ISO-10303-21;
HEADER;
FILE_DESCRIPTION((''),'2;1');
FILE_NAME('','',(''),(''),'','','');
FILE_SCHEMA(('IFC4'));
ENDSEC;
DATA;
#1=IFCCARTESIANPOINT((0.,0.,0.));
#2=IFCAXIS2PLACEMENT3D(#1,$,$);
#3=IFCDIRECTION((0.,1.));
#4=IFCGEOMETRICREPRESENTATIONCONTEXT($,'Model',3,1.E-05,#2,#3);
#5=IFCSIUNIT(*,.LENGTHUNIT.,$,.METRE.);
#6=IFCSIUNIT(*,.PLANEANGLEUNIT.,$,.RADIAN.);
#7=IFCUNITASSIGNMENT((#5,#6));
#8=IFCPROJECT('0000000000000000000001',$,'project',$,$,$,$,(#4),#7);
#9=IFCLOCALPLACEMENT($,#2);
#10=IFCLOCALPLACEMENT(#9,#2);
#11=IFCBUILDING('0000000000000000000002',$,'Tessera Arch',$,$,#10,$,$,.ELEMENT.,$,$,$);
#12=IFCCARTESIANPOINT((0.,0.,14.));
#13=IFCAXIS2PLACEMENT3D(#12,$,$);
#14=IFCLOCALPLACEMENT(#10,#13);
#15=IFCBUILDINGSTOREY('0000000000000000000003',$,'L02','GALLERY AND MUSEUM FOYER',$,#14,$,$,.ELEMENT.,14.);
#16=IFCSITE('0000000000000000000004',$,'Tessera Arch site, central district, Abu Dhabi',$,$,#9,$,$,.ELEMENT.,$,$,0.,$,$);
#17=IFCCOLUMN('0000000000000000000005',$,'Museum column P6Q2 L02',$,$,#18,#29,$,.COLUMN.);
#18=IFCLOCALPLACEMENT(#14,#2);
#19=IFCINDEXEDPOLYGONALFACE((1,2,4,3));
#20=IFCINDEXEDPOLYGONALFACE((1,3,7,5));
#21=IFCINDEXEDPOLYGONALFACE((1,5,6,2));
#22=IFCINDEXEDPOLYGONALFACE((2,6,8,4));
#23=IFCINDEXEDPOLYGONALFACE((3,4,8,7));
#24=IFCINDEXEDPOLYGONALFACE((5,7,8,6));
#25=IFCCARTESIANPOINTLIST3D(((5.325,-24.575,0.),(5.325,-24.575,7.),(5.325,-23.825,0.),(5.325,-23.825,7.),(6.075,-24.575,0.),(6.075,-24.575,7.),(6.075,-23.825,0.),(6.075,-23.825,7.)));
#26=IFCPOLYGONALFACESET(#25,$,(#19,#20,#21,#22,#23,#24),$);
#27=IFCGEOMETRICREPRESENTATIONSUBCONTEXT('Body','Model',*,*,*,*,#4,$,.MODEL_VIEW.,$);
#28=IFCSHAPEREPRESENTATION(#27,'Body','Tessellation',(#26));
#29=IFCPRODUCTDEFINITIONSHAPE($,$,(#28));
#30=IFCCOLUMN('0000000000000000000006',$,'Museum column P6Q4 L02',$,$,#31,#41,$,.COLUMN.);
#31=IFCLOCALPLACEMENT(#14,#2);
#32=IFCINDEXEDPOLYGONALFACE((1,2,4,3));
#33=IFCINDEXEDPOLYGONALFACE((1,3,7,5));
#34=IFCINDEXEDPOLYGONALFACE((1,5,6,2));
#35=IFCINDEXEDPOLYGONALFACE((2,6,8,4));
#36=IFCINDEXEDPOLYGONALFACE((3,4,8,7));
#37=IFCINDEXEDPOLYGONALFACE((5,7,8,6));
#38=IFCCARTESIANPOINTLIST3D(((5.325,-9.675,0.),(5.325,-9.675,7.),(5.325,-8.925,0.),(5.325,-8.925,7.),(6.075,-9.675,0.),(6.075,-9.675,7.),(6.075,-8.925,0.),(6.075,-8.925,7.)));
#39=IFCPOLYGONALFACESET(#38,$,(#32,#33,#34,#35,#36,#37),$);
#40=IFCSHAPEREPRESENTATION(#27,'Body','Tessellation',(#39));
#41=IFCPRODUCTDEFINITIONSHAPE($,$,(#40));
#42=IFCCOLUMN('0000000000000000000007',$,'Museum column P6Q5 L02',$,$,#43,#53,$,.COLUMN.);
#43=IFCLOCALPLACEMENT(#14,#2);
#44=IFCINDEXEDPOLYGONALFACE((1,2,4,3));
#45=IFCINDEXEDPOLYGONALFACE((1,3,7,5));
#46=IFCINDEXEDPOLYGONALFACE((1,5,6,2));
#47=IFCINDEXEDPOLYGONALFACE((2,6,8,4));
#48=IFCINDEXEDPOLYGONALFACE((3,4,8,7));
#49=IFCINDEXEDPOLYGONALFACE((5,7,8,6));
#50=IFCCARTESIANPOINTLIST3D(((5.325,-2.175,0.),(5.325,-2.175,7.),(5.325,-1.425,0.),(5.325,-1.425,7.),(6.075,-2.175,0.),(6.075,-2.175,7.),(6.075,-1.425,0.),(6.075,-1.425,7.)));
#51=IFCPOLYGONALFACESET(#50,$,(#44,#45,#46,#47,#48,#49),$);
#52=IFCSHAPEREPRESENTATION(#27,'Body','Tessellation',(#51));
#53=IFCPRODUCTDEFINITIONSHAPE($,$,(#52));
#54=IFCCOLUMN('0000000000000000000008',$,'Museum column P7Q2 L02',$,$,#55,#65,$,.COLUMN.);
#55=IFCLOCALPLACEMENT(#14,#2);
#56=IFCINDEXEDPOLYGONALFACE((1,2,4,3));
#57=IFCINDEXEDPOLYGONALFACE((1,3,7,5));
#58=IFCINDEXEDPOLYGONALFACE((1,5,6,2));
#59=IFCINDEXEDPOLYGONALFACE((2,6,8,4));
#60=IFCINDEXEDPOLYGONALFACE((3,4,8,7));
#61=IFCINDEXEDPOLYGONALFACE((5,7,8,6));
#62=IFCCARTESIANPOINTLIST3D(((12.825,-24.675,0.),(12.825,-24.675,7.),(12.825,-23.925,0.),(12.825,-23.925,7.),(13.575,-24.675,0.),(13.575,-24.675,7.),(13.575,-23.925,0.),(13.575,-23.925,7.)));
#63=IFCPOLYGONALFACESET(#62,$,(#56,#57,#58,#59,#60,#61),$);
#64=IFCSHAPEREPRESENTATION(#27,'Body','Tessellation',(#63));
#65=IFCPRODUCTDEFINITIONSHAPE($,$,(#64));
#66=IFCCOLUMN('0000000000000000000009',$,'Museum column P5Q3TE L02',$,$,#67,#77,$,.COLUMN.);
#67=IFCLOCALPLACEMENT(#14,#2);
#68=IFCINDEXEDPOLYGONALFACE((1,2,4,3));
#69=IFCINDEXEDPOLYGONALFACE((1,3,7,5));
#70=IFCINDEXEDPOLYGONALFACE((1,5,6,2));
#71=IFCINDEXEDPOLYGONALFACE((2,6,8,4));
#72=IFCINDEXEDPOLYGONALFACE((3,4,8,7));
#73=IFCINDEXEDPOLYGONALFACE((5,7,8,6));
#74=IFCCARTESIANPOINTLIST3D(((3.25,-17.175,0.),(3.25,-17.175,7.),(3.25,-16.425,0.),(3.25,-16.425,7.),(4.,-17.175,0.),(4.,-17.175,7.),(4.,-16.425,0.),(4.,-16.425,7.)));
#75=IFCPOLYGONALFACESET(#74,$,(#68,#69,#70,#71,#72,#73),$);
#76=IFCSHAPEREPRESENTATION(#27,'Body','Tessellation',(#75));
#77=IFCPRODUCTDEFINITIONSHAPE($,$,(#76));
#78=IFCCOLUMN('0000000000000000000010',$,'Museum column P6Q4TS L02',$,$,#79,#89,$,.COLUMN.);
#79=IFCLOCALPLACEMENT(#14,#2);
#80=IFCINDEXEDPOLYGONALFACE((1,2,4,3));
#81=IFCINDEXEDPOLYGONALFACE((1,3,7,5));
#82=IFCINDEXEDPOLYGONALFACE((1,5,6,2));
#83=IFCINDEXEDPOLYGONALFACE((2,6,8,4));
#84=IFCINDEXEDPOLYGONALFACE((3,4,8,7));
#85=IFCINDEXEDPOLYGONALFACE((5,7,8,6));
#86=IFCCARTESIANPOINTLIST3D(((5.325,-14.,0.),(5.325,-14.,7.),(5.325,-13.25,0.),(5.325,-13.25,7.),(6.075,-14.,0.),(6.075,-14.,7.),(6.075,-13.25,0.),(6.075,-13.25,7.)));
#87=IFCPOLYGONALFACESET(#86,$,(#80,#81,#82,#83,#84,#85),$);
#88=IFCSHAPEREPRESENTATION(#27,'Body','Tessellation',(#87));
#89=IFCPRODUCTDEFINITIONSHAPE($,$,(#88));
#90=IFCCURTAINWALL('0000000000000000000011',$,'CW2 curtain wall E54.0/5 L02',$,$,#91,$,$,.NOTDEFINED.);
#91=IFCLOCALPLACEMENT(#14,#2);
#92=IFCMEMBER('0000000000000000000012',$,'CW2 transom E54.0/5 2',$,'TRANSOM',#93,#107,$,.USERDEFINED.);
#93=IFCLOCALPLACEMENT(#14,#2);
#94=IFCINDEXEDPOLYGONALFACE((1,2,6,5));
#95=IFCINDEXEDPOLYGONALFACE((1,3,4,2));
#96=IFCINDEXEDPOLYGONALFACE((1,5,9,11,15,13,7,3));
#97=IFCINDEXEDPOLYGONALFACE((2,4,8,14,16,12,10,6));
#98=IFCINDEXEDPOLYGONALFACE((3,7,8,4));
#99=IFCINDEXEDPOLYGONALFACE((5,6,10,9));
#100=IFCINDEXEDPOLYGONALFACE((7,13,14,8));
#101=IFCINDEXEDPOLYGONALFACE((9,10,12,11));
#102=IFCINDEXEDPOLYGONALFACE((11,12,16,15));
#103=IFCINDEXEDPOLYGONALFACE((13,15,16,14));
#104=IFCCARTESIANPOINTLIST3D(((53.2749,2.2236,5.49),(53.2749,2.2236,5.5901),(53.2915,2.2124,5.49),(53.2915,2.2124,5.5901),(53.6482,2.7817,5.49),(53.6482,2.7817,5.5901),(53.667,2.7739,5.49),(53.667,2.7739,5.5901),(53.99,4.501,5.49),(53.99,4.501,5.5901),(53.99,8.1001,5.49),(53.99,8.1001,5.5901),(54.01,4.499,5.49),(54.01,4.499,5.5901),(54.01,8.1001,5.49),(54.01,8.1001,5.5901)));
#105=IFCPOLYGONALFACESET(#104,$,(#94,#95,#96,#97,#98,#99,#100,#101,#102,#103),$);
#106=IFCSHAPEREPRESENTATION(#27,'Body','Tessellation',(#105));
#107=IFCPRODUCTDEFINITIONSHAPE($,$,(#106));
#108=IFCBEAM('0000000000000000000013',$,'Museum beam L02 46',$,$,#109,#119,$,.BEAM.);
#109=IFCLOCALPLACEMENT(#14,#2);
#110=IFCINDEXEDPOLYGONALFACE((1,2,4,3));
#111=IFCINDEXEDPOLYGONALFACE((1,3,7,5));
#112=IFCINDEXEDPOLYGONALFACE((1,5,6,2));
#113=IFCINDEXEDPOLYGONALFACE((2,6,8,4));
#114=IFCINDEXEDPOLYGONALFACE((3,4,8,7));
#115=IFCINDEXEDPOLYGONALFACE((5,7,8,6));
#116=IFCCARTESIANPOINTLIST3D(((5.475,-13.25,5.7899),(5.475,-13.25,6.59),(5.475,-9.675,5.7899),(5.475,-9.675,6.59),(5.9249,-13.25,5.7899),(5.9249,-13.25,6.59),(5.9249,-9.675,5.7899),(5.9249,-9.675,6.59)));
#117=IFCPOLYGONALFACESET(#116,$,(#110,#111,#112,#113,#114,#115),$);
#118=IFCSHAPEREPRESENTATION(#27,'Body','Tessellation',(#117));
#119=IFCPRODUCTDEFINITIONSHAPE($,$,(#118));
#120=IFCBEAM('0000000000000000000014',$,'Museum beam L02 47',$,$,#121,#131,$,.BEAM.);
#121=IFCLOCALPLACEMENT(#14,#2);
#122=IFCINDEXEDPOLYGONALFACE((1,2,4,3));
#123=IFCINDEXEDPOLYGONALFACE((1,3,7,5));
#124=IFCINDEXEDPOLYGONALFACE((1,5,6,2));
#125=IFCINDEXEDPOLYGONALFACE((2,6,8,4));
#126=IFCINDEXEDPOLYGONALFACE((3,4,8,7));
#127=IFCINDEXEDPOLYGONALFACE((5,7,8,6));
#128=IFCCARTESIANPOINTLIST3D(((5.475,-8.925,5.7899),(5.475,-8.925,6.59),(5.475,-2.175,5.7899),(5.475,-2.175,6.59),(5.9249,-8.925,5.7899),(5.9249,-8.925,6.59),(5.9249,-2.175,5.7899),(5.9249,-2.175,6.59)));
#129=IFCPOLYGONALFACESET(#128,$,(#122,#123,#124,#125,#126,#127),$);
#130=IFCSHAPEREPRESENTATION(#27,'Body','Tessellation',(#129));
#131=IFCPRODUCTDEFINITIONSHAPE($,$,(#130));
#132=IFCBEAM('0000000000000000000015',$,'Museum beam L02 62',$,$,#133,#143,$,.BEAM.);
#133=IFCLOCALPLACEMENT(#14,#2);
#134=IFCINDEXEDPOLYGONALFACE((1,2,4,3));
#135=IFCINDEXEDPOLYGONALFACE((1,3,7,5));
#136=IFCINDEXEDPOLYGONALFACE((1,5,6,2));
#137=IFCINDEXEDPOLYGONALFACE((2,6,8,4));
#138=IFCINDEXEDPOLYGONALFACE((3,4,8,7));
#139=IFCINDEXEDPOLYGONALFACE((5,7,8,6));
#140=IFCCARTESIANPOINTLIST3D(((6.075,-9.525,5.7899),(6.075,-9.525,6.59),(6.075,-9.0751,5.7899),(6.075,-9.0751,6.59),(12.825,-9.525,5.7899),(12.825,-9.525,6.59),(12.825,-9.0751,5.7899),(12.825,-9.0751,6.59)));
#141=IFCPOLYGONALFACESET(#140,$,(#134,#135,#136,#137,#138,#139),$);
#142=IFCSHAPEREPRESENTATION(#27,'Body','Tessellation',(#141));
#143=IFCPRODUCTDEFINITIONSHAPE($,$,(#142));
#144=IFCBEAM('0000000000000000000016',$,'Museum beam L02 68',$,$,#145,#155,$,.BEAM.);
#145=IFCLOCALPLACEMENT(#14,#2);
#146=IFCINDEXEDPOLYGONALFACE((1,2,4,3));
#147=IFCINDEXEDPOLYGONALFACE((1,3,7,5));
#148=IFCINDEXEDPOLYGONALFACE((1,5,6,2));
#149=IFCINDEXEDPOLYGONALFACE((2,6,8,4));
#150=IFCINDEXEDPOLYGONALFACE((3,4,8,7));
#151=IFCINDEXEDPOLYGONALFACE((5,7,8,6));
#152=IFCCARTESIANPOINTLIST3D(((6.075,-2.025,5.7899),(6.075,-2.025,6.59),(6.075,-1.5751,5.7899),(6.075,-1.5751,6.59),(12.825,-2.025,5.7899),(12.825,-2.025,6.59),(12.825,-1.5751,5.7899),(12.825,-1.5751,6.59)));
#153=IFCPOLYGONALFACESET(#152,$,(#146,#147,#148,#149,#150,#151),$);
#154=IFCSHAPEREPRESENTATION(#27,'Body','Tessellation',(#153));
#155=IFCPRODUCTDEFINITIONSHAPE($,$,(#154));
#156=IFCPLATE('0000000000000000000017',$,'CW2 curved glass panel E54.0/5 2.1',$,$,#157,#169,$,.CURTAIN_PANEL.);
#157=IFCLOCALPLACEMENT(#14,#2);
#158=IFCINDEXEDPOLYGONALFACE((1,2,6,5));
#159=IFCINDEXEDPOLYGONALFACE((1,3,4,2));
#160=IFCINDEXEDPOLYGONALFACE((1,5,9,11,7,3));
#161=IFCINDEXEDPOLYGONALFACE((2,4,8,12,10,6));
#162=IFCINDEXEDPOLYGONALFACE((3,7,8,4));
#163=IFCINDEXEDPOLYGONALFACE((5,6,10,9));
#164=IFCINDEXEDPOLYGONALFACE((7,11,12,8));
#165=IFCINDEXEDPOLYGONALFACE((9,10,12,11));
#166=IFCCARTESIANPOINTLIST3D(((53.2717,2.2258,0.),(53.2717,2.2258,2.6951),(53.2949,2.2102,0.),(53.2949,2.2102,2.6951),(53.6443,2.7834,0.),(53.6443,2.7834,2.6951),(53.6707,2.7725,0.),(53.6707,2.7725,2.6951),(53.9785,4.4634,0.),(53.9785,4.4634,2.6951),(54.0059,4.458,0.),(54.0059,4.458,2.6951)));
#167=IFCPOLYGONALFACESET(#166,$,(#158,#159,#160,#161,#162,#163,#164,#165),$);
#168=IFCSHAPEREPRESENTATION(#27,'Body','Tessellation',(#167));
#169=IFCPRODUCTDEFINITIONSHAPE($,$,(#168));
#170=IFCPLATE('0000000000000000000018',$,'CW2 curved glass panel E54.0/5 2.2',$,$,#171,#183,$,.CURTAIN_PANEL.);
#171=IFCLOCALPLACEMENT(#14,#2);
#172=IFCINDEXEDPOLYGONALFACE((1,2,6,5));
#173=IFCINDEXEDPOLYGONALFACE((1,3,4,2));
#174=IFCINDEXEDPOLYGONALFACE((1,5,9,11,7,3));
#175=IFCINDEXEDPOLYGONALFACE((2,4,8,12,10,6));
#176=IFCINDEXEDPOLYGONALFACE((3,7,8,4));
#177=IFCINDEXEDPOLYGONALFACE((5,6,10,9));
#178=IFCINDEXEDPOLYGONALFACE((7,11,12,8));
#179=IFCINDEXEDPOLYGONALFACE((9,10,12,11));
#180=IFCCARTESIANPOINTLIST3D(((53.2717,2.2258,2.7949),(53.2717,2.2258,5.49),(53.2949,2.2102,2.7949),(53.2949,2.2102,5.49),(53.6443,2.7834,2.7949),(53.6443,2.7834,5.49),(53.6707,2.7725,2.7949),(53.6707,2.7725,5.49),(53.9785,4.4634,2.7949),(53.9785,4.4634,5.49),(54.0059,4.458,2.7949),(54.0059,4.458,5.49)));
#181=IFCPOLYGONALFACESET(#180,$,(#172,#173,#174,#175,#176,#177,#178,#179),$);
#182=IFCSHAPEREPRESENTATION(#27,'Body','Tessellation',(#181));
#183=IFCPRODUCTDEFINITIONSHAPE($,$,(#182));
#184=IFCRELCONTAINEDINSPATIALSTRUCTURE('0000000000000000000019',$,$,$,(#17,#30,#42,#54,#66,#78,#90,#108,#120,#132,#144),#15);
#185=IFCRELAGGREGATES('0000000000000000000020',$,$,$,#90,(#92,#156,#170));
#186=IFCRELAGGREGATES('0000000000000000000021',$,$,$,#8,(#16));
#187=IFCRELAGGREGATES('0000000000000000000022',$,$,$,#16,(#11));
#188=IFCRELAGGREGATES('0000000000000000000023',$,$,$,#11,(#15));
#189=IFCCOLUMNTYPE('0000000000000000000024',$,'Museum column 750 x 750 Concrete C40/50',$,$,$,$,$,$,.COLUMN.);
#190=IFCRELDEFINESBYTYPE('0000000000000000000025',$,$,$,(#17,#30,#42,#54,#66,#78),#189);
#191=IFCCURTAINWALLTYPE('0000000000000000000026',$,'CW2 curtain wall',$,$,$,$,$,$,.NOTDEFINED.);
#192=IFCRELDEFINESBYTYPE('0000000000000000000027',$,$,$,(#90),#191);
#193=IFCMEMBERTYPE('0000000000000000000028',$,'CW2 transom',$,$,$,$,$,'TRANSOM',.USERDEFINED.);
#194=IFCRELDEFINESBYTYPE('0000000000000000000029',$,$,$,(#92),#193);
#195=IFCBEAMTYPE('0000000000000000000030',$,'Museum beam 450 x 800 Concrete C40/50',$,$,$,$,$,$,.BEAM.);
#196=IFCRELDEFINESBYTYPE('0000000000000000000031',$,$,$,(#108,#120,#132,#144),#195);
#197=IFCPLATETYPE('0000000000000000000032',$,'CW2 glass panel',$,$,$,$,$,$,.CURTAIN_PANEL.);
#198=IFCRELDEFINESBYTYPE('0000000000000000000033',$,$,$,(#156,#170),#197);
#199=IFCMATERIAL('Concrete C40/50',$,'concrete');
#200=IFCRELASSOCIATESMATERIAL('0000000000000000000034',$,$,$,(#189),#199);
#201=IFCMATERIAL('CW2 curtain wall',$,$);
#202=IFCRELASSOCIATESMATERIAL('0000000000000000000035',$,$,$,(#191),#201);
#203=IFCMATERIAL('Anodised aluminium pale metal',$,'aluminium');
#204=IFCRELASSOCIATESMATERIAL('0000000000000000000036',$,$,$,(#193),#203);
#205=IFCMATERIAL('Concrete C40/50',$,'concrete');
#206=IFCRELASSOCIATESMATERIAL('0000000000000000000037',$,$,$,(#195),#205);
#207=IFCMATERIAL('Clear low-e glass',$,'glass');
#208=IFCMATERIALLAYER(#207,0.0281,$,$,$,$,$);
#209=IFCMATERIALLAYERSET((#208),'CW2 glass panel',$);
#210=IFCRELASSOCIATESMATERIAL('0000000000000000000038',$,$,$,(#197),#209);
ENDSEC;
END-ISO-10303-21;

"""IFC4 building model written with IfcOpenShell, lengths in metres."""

from ifc_helpers import new_model, si_unit, direction, frame, origin, origin_2d, place, context, subcontext, project, spatial, polyline, rectangle, outline, extrude, material, layer, layer_set, material_profile, profile_set, type_object, element, aggregate, save


model = new_model("IFC4")

# Units and contexts
model_context = context("Model", 3, precision=1e-05, world=origin(), true_north=direction((0.0, 1.0)))
body_context = subcontext(model_context, "Body", "Model", "MODEL_VIEW")
ifc_project = project(units=[si_unit("LENGTHUNIT", "METRE"), si_unit("PLANEANGLEUNIT", "RADIAN")], contexts=[model_context])

# Site, building, storey
site_placement = place(None, origin())
site = spatial("IfcSite", under=ifc_project, at=site_placement, Name="Tessera Arch site, central district, Abu Dhabi", CompositionType="ELEMENT", RefElevation=0.0)
building_placement = place(site_placement, origin())
building = spatial("IfcBuilding", under=site, at=building_placement, Name="Tessera Arch", CompositionType="ELEMENT")
storey_placement = place(building_placement, frame((0.0, 0.0, 14.0)))
storey = spatial("IfcBuildingStorey", under=building, at=storey_placement, Name="L02", Description="GALLERY AND MUSEUM FOYER", CompositionType="ELEMENT", Elevation=14.0)

# Columns
ifc_material_1 = material(Name="Concrete C40/50", Category="concrete")
ifc_material_profile_1 = material_profile(ifc_material_1, rectangle(XDim=0.75, YDim=0.75, at=origin_2d()), Name="Museum column 750 x 750 Concrete C40/50")
ifc_profile_set_1 = profile_set([ifc_material_profile_1], Name="Concrete C40/50")
column_type = type_object("IfcColumnType", Name="Museum column 750 x 750 Concrete C40/50", PredefinedType="COLUMN", material=ifc_profile_set_1)
for number, where, z_axis, x_axis, name in (
    (1, (5.7, -24.2, 0.0), (0.0, 0.0, 1.0), (1.0, 0.0, 0.0), "Museum column P6Q2 L02"),
    (2, (5.7, -9.3, 0.0), (0.0, 0.0, 1.0), (1.0, 0.0, 0.0), "Museum column P6Q4 L02"),
    (3, (5.7, -1.8, 0.0), (0.0, 0.0, 1.0), (1.0, 0.0, 0.0), "Museum column P6Q5 L02"),
    (4, (13.2, -24.3, 0.0), (0.0, 0.0, 1.0), (1.0, 0.0, 0.0), "Museum column P7Q2 L02"),
    (5, (3.625, -16.8, 0.0), (0.0, 0.0, 1.0), (1.0, 0.0, 0.0), "Museum column P5Q3TE L02"),
    (6, (5.7, -13.625, 0.0), (0.0, 0.0, 1.0), (1.0, 0.0, 0.0), "Museum column P6Q4TS L02"),
):
    element("IfcColumn", number, at=place(storey_placement, frame(where, z_axis=z_axis, x_axis=x_axis)), inside=storey, type_object=column_type, Name=name, PredefinedType="COLUMN", context=body_context, shape_type="SweptSolid", body=[
        extrude(rectangle(XDim=0.75, YDim=0.75, at=origin_2d()), origin(), (0.0, 0.0, 1.0), 7.0),
    ])

# Curtain wall, member
ifc_material_2 = material(Name="CW2 curtain wall")
curtain_wall_type = type_object("IfcCurtainWallType", Name="CW2 curtain wall", PredefinedType="NOTDEFINED", material=ifc_material_2)
curtain_wall_placement = place(storey_placement, origin())
curtain_wall = element("IfcCurtainWall", 7, at=curtain_wall_placement, inside=storey, type_object=curtain_wall_type, Name="CW2 curtain wall E54.0/5 L02", PredefinedType="NOTDEFINED")
ifc_material_3 = material(Name="Anodised aluminium pale metal", Category="aluminium")
ifc_material_profile_2 = material_profile(ifc_material_3, rectangle(XDim=0.2, YDim=0.1001, at=origin_2d()), Name="AL 200x100")
ifc_profile_set_2 = profile_set([ifc_material_profile_2], Name="Anodised aluminium pale metal")
member_type = type_object("IfcMemberType", Name="CW2 transom", ElementType="TRANSOM", PredefinedType="USERDEFINED", material=ifc_profile_set_2)
member_placement = place(storey_placement, frame((0.0, 0.0, 5.49)))
member = element("IfcMember", 8, at=member_placement, type_object=member_type, Name="CW2 transom E54.0/5 2", ObjectType="TRANSOM", PredefinedType="USERDEFINED", context=body_context, shape_type="SweptSolid", body=[
    extrude(outline(polyline([(53.6482, 2.7817), (53.2749, 2.2236), (53.2915, 2.2124), (53.667, 2.7739), (54.01, 4.499), (54.01, 8.1001), (53.99, 8.1001), (53.99, 4.501), (53.6482, 2.7817)])), origin(), (0.0, 0.0, 1.0), 0.1001),
])

# Beams
ifc_material_4 = material(Name="Concrete C40/50", Category="concrete")
ifc_material_profile_3 = material_profile(ifc_material_4, rectangle(XDim=0.45, YDim=0.8, at=origin_2d()), Name="Museum beam 450 x 800 Concrete C40/50")
ifc_profile_set_3 = profile_set([ifc_material_profile_3], Name="Concrete C40/50")
beam_type = type_object("IfcBeamType", Name="Museum beam 450 x 800 Concrete C40/50", PredefinedType="BEAM", material=ifc_profile_set_3)
beam_placement = place(storey_placement, frame((5.7, -13.25, 6.1899), z_axis=(0.0, 1.0, 0.0), x_axis=(-1.0, 0.0, 0.0)))
element("IfcBeam", 9, at=beam_placement, inside=storey, type_object=beam_type, Name="Museum beam L02 46", PredefinedType="BEAM", context=body_context, shape_type="SweptSolid", body=[
    extrude(rectangle(XDim=0.45, YDim=0.8, at=origin_2d()), origin(), (0.0, 0.0, 1.0), 3.575),
])
for number, where, z_axis, x_axis, name in (
    (10, (5.7, -8.925, 6.1899), (0.0, 1.0, 0.0), (-1.0, 0.0, 0.0), "Museum beam L02 47"),
    (11, (6.075, -9.3, 6.1899), (1.0, 0.0, 0.0), (0.0, 1.0, 0.0), "Museum beam L02 62"),
    (12, (6.075, -1.8, 6.1899), (1.0, 0.0, 0.0), (0.0, 1.0, 0.0), "Museum beam L02 68"),
):
    element("IfcBeam", number, at=place(storey_placement, frame(where, z_axis=z_axis, x_axis=x_axis)), inside=storey, type_object=beam_type, Name=name, PredefinedType="BEAM", context=body_context, shape_type="SweptSolid", body=[
        extrude(rectangle(XDim=0.45, YDim=0.8, at=origin_2d()), origin(), (0.0, 0.0, 1.0), 6.75),
    ])

# Plates
ifc_material_5 = material(Name="Clear low-e glass", Category="glass")
ifc_layer_1 = layer(ifc_material_5, 0.0281)
ifc_layer_set_1 = layer_set([ifc_layer_1], Name="CW2 glass panel")
plate_type_1 = type_object("IfcPlateType", Name="CW2 glass panel", PredefinedType="CURTAIN_PANEL", material=ifc_layer_set_1)
plate_1_placement = place(storey_placement, origin())
plate_1 = element("IfcPlate", 13, at=plate_1_placement, type_object=plate_type_1, Name="CW2 curved glass panel E54.0/5 2.1", PredefinedType="CURTAIN_PANEL", context=body_context, shape_type="SweptSolid", body=[
    extrude(outline(polyline([(53.6443, 2.7834), (53.2717, 2.2258), (53.2949, 2.2102), (53.6707, 2.7725), (54.0059, 4.458), (53.9785, 4.4634), (53.6443, 2.7834)])), origin(), (0.0, 0.0, 1.0), 2.6951),
])
plate_2_placement = place(storey_placement, frame((0.0, 0.0, 2.7949)))
plate_2 = element("IfcPlate", 14, at=plate_2_placement, type_object=plate_type_1, Name="CW2 curved glass panel E54.0/5 2.2", PredefinedType="CURTAIN_PANEL", context=body_context, shape_type="SweptSolid", body=[
    extrude(outline(polyline([(53.6443, 2.7834), (53.2717, 2.2258), (53.2949, 2.2102), (53.6707, 2.7725), (54.0059, 4.458), (53.9785, 4.4634), (53.6443, 2.7834)])), origin(), (0.0, 0.0, 1.0), 2.6951),
])
aggregate(curtain_wall, [member, plate_1, plate_2])

save(model, "model.ifc")
